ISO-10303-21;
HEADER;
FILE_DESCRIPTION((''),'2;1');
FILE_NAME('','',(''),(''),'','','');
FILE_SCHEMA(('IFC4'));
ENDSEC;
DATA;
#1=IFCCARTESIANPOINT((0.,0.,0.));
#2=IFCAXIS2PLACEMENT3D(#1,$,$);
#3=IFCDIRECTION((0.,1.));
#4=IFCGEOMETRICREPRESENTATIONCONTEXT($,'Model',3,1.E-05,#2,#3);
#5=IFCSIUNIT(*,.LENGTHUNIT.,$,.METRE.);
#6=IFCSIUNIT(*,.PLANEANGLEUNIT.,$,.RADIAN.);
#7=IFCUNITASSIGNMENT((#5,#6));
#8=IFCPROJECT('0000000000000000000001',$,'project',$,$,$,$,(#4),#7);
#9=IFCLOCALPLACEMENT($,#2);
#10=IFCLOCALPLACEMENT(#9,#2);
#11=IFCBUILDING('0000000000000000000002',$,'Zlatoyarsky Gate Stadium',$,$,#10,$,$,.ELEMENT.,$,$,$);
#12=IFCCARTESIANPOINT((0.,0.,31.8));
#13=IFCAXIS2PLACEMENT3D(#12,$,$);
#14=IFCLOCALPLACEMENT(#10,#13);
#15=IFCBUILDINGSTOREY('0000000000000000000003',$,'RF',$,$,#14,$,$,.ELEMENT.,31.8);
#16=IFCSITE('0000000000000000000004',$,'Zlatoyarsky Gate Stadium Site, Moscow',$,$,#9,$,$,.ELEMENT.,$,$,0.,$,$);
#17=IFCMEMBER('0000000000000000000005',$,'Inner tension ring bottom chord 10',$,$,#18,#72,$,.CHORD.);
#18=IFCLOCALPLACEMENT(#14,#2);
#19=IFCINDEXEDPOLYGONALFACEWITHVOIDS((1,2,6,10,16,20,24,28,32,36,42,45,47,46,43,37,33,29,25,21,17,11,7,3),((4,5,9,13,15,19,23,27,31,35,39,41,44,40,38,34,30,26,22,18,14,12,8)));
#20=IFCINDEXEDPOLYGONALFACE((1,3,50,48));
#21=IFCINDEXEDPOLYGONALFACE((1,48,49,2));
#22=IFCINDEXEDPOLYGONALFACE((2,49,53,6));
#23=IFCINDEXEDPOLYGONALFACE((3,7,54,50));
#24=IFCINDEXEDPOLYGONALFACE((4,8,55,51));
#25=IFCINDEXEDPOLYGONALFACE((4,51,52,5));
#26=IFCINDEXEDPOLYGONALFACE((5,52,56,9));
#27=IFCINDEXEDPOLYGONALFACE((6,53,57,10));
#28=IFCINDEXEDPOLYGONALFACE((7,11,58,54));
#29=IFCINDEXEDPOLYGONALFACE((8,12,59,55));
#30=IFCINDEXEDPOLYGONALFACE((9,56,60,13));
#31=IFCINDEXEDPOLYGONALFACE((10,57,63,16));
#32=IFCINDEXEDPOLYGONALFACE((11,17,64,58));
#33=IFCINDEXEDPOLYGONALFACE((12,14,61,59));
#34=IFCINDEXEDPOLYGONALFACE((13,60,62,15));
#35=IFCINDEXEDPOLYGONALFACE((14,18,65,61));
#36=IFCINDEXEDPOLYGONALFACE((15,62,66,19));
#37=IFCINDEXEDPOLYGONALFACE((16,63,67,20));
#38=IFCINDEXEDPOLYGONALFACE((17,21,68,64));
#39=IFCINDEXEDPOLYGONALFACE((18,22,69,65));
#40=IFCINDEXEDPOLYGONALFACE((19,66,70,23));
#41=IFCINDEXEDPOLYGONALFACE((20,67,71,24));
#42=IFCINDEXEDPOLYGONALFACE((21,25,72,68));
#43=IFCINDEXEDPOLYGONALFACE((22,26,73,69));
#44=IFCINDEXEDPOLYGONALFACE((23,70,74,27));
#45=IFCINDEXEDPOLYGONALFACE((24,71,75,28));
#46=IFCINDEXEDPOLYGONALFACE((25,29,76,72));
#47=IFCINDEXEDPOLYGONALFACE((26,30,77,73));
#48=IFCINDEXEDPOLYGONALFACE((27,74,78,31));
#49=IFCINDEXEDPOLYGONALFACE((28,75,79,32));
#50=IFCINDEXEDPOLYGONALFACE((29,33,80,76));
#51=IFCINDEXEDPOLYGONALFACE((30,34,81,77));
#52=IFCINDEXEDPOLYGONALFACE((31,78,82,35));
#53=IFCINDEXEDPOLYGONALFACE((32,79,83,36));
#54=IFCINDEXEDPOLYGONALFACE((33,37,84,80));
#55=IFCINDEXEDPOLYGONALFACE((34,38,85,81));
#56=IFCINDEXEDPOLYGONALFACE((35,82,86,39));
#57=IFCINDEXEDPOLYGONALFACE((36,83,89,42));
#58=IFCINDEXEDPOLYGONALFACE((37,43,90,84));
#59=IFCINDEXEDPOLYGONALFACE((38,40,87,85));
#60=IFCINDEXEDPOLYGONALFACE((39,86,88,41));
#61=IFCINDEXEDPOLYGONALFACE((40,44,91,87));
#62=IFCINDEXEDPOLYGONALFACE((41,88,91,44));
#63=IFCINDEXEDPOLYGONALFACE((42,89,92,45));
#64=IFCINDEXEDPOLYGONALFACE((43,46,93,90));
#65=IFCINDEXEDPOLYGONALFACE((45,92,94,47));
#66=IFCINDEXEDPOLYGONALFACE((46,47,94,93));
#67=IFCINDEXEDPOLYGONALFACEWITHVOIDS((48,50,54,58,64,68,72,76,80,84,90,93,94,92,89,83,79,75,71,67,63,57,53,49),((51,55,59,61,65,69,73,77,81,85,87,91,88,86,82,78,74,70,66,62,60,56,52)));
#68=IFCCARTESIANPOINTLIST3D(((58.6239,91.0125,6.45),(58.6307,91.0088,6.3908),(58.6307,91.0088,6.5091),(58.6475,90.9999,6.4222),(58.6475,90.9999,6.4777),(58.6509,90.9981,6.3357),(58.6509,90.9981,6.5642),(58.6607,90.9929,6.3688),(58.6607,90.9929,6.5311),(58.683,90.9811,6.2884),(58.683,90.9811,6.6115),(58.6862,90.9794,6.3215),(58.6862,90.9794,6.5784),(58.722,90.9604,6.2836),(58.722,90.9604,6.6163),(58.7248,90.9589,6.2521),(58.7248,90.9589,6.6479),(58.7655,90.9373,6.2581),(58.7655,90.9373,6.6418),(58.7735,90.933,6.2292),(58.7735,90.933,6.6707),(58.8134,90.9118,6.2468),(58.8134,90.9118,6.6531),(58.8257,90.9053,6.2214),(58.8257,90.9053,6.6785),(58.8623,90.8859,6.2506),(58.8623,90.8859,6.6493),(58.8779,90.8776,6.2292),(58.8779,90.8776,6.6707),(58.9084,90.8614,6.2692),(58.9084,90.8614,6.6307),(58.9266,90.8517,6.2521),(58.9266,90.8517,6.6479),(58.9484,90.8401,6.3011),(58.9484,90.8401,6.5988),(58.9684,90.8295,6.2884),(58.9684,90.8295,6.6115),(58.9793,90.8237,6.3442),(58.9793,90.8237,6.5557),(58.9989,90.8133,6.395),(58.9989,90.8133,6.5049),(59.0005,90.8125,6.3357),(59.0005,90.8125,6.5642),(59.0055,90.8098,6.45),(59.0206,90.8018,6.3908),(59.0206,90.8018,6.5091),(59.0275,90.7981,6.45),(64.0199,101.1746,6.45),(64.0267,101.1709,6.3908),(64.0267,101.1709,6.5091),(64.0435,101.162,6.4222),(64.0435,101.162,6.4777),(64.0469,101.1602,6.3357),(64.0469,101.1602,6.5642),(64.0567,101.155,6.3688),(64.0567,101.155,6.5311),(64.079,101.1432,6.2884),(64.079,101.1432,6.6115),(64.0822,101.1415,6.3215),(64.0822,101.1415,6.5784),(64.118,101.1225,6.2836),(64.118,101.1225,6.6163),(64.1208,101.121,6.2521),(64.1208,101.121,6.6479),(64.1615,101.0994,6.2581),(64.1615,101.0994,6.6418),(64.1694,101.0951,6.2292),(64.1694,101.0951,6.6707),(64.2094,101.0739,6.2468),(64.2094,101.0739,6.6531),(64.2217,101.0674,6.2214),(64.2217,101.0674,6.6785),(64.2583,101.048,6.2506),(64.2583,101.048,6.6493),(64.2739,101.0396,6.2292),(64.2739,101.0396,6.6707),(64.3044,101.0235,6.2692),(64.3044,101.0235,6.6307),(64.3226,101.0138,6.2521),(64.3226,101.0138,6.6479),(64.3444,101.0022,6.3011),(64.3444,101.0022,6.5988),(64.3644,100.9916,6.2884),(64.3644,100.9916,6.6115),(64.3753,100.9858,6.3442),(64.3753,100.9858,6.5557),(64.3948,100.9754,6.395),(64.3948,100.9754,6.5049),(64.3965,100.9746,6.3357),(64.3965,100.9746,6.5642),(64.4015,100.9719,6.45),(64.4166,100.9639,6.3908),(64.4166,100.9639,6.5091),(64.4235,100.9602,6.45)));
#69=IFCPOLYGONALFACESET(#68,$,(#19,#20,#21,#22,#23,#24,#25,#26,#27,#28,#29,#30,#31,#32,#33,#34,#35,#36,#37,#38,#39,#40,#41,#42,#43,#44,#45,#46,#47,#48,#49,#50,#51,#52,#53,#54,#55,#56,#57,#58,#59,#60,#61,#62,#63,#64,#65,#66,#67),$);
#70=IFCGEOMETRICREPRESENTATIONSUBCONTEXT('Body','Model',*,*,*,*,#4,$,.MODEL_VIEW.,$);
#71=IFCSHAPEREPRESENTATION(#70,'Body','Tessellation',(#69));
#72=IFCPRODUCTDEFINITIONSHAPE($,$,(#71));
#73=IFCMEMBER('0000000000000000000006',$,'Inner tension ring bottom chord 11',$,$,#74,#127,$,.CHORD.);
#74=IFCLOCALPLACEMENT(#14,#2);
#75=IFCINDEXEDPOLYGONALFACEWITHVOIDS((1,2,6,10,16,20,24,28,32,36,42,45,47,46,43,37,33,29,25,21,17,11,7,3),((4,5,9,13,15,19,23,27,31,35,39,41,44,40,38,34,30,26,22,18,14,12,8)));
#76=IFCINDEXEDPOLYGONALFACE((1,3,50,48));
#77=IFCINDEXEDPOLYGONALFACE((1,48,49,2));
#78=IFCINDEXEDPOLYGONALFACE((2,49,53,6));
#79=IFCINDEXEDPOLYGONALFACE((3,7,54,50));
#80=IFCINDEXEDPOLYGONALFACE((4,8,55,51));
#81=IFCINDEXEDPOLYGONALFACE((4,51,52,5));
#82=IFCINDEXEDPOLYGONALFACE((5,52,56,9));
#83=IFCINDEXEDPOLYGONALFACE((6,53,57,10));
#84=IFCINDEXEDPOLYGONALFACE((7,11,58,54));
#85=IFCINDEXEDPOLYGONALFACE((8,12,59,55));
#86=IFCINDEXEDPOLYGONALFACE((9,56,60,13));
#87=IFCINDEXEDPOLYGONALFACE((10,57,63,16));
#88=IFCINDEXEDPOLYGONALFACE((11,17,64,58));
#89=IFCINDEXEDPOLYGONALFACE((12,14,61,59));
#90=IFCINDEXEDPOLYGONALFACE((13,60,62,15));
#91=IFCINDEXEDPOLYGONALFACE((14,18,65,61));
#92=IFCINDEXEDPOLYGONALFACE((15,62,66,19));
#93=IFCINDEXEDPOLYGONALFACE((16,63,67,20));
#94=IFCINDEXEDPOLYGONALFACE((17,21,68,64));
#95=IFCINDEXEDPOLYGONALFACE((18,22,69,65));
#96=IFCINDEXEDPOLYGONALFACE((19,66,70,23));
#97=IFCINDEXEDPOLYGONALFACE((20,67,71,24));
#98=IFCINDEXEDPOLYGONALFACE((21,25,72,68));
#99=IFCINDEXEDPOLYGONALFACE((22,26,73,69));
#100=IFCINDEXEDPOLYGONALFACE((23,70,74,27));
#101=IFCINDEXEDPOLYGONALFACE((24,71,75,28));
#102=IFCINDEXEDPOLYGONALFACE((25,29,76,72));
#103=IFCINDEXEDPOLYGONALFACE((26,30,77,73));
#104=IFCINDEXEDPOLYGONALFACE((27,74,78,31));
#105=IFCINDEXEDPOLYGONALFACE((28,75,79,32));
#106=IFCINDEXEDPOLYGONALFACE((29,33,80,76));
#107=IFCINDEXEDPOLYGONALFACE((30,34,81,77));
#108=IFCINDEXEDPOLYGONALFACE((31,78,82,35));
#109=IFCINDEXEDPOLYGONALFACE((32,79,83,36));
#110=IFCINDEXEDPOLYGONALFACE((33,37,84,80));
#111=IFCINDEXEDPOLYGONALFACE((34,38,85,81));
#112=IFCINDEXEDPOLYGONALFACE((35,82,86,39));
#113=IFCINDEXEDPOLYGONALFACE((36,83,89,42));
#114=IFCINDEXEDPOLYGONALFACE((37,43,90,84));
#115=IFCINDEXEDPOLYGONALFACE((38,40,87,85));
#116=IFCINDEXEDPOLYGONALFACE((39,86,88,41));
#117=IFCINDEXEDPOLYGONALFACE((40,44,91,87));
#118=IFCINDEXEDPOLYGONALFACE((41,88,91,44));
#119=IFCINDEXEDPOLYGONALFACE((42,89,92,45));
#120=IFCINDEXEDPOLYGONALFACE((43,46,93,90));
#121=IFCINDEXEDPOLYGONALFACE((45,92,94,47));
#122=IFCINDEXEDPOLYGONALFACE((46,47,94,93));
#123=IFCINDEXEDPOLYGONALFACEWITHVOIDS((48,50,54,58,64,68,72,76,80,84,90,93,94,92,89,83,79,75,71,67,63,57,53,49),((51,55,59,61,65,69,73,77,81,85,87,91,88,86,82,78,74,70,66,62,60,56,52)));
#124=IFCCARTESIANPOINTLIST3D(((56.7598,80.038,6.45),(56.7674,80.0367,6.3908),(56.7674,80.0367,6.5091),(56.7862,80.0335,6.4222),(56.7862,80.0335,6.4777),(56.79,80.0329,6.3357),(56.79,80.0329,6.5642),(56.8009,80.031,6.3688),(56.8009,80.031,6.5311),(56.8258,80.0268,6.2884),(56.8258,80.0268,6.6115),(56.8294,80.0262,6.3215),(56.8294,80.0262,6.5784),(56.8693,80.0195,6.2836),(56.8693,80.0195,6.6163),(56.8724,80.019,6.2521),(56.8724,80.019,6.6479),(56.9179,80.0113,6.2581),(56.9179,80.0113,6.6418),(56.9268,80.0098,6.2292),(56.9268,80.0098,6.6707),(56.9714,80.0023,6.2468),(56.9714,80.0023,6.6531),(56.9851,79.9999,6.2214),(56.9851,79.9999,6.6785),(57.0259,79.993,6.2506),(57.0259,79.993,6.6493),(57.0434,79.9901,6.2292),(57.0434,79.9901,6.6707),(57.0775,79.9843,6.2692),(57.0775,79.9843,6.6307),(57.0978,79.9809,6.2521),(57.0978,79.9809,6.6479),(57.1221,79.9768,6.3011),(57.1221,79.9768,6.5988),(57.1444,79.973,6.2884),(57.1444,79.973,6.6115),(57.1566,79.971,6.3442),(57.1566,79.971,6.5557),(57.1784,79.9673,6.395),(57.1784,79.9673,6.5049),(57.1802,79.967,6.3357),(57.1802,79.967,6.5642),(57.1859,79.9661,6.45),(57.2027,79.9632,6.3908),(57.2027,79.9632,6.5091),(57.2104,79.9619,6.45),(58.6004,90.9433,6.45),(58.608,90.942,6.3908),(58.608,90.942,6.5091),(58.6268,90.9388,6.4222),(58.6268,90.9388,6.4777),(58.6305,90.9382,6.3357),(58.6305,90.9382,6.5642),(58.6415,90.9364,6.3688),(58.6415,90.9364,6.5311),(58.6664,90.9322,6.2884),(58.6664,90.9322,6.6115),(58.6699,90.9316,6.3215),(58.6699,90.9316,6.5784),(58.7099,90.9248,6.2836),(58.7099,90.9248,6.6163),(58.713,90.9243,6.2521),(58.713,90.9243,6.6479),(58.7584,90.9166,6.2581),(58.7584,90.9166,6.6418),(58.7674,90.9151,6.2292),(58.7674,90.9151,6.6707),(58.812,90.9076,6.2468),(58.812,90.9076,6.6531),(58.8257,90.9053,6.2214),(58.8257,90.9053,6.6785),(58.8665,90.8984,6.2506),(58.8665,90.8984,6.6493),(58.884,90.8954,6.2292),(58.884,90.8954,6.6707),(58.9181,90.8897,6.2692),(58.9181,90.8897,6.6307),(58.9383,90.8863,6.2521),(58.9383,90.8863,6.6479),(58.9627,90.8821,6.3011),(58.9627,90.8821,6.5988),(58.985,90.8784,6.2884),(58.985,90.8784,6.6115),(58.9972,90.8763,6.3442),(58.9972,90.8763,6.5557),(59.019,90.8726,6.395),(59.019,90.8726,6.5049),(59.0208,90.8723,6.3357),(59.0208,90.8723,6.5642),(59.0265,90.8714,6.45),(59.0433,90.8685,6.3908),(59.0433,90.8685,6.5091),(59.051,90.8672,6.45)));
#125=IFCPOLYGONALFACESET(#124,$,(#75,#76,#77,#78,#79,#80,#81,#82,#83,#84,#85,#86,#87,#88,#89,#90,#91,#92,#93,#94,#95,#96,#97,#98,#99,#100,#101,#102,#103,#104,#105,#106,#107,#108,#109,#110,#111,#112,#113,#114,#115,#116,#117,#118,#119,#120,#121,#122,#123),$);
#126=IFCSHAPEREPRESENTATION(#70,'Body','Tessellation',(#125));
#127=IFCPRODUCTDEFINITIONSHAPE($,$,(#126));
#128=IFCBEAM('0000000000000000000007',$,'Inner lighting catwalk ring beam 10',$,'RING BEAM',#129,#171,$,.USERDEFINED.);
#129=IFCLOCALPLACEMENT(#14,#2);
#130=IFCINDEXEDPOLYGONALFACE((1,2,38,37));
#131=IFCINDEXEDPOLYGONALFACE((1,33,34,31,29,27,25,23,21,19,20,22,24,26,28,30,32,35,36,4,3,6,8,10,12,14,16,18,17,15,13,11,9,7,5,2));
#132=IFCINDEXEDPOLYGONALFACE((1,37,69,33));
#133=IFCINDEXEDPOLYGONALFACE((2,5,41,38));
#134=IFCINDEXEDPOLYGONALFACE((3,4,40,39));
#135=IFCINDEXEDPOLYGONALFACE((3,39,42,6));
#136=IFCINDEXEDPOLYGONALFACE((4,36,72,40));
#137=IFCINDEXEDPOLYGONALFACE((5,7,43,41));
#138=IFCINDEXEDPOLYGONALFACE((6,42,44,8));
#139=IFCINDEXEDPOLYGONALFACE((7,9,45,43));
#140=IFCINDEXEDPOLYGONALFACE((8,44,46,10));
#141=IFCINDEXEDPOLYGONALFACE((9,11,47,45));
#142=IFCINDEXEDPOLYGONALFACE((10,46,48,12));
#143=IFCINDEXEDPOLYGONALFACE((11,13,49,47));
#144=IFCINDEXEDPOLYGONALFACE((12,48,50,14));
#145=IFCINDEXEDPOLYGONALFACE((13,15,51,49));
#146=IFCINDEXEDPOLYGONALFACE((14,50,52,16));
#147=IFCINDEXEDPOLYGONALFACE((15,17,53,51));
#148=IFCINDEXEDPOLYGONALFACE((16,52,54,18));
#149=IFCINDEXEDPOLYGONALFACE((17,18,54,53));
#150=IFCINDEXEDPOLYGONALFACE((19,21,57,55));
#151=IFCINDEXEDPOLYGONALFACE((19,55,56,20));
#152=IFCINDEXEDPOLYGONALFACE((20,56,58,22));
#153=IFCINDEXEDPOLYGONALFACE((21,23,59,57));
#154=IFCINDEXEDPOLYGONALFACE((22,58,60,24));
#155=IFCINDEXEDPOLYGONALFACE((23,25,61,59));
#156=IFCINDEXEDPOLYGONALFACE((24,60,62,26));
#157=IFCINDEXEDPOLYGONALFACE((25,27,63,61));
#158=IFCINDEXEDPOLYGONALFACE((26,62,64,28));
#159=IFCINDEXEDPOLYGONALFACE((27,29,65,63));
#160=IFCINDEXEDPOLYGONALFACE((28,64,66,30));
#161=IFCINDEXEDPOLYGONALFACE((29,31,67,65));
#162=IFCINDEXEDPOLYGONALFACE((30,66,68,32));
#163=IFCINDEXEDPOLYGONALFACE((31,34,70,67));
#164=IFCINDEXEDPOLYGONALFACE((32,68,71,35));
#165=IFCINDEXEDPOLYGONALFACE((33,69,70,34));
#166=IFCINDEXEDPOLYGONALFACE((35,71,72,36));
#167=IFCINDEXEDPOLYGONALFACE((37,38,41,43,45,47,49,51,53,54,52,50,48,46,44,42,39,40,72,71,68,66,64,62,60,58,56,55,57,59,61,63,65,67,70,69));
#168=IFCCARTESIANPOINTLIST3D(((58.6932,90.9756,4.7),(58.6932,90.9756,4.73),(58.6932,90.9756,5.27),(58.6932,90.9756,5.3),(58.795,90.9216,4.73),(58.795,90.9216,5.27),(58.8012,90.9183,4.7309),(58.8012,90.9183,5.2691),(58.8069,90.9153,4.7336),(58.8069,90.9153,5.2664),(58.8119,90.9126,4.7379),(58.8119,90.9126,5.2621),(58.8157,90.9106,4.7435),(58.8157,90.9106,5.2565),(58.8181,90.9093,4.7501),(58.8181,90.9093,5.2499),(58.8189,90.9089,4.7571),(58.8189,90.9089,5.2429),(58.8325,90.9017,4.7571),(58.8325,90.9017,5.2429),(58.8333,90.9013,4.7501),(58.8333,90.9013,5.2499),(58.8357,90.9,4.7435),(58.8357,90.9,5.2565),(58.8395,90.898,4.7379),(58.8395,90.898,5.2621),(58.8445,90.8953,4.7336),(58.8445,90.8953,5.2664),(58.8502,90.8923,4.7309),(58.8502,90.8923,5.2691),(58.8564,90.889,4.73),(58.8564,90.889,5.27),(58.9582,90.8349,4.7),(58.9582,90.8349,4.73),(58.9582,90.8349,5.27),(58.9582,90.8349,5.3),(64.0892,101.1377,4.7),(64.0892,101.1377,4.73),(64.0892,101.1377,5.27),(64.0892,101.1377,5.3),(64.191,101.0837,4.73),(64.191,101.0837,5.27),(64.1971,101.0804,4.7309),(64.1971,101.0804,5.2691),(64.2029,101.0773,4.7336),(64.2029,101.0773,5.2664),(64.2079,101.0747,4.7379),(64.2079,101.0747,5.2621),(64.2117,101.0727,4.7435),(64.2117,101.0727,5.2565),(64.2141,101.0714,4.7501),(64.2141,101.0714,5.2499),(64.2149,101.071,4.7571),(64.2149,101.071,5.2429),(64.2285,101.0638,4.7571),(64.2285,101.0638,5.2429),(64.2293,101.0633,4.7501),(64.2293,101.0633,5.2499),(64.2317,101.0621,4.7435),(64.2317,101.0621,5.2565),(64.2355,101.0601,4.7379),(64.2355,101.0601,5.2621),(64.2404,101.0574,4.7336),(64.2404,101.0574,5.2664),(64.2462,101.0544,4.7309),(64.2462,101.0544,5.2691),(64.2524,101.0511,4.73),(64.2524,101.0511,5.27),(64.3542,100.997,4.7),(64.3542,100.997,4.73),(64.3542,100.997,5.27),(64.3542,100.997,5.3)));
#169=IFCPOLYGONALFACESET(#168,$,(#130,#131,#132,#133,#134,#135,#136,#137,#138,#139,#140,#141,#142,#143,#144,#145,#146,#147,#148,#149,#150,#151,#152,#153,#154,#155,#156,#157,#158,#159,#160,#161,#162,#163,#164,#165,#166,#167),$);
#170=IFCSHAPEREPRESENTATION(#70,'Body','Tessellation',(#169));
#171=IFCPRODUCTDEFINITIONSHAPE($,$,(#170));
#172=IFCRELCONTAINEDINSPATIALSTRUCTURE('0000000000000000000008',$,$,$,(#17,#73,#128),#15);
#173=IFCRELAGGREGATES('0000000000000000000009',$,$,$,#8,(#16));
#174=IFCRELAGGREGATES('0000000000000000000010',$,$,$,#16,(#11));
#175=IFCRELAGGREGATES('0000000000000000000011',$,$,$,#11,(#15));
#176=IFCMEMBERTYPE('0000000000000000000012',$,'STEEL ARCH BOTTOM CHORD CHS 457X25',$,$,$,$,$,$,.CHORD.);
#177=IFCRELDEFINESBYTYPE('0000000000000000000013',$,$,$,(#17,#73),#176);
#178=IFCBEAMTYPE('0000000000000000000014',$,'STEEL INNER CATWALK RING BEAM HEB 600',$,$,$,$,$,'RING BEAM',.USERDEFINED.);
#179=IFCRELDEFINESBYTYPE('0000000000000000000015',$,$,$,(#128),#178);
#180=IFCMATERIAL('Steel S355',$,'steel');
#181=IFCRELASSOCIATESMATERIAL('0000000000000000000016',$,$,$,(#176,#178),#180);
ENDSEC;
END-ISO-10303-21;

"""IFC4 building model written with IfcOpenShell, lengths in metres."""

from ifc_helpers import new_model, si_unit, direction, frame, origin, origin_2d, place, context, subcontext, project, spatial, hollow_circle, i_section, extrude, material, material_profile, profile_set, type_object, element, save


model = new_model("IFC4")

# Units and contexts
model_context = context("Model", 3, precision=1e-05, world=origin(), true_north=direction((0.0, 1.0)))
body_context = subcontext(model_context, "Body", "Model", "MODEL_VIEW")
ifc_project = project(units=[si_unit("LENGTHUNIT", "METRE"), si_unit("PLANEANGLEUNIT", "RADIAN")], contexts=[model_context])

# Site, building, storey
site_placement = place(None, origin())
site = spatial("IfcSite", under=ifc_project, at=site_placement, Name="Zlatoyarsky Gate Stadium Site, Moscow", CompositionType="ELEMENT", RefElevation=0.0)
building_placement = place(site_placement, origin())
building = spatial("IfcBuilding", under=site, at=building_placement, Name="Zlatoyarsky Gate Stadium", CompositionType="ELEMENT")
storey_placement = place(building_placement, frame((0.0, 0.0, 31.8)))
storey = spatial("IfcBuildingStorey", under=building, at=storey_placement, Name="RF", CompositionType="ELEMENT", Elevation=31.8)

# Members
ifc_material = material(Name="Steel S355", Category="steel")
ifc_material_profile_1 = material_profile(ifc_material, hollow_circle(Radius=0.2285, WallThickness=0.0249, at=origin_2d()), Name="CHS 457X25")
ifc_profile_set_1 = profile_set([ifc_material_profile_1], Name="Steel S355")
member_type_1 = type_object("IfcMemberType", Name="STEEL ARCH BOTTOM CHORD CHS 457X25", PredefinedType="CHORD", material=ifc_profile_set_1)
member_1_placement = place(storey_placement, frame((64.2217, 101.0674, 6.45), z_axis=(-0.468977, -0.88321, 0.0), x_axis=(0.88321, -0.468977, 0.0)))
element("IfcMember", 1, at=member_1_placement, inside=storey, type_object=member_type_1, Name="Inner tension ring bottom chord 10", PredefinedType="CHORD", context=body_context, shape_type="SweptSolid", body=[
    extrude(hollow_circle(Radius=0.2285, WallThickness=0.0249, at=origin_2d()), origin(), (0.0, 0.0, 1.0), 11.5059),
])
member_2_placement = place(storey_placement, frame((58.8257, 90.9053, 6.45), z_axis=(-0.166425, -0.986054, 0.0), x_axis=(0.986054, -0.166425, 0.0)))
element("IfcMember", 2, at=member_2_placement, inside=storey, type_object=member_type_1, Name="Inner tension ring bottom chord 11", PredefinedType="CHORD", context=body_context, shape_type="SweptSolid", body=[
    extrude(hollow_circle(Radius=0.2285, WallThickness=0.0249, at=origin_2d()), origin(), (0.0, 0.0, 1.0), 11.0596),
])

# Beam
ifc_material_profile_2 = material_profile(ifc_material, i_section(OverallWidth=0.3, OverallDepth=0.6001, WebThickness=0.0154, FlangeThickness=0.03, FilletRadius=0.0271, at=origin_2d()), Name="HEB 600")
ifc_profile_set_2 = profile_set([ifc_material_profile_2], Name="Steel S355")
beam_type = type_object("IfcBeamType", Name="STEEL INNER CATWALK RING BEAM HEB 600", ElementType="RING BEAM", PredefinedType="USERDEFINED", material=ifc_profile_set_2)
beam_1_placement = place(storey_placement, frame((64.2217, 101.0674, 5.0), z_axis=(-0.468977, -0.88321, 0.0), x_axis=(0.88321, -0.468977, 0.0)))
element("IfcBeam", 3, at=beam_1_placement, inside=storey, type_object=beam_type, Name="Inner lighting catwalk ring beam 10", ObjectType="RING BEAM", PredefinedType="USERDEFINED", context=body_context, shape_type="SweptSolid", body=[
    extrude(i_section(OverallWidth=0.3, OverallDepth=0.6001, WebThickness=0.0154, FlangeThickness=0.03, FilletRadius=0.0271, at=origin_2d()), origin(), (0.0, 0.0, 1.0), 11.5059),
])

save(model, "model.ifc")
